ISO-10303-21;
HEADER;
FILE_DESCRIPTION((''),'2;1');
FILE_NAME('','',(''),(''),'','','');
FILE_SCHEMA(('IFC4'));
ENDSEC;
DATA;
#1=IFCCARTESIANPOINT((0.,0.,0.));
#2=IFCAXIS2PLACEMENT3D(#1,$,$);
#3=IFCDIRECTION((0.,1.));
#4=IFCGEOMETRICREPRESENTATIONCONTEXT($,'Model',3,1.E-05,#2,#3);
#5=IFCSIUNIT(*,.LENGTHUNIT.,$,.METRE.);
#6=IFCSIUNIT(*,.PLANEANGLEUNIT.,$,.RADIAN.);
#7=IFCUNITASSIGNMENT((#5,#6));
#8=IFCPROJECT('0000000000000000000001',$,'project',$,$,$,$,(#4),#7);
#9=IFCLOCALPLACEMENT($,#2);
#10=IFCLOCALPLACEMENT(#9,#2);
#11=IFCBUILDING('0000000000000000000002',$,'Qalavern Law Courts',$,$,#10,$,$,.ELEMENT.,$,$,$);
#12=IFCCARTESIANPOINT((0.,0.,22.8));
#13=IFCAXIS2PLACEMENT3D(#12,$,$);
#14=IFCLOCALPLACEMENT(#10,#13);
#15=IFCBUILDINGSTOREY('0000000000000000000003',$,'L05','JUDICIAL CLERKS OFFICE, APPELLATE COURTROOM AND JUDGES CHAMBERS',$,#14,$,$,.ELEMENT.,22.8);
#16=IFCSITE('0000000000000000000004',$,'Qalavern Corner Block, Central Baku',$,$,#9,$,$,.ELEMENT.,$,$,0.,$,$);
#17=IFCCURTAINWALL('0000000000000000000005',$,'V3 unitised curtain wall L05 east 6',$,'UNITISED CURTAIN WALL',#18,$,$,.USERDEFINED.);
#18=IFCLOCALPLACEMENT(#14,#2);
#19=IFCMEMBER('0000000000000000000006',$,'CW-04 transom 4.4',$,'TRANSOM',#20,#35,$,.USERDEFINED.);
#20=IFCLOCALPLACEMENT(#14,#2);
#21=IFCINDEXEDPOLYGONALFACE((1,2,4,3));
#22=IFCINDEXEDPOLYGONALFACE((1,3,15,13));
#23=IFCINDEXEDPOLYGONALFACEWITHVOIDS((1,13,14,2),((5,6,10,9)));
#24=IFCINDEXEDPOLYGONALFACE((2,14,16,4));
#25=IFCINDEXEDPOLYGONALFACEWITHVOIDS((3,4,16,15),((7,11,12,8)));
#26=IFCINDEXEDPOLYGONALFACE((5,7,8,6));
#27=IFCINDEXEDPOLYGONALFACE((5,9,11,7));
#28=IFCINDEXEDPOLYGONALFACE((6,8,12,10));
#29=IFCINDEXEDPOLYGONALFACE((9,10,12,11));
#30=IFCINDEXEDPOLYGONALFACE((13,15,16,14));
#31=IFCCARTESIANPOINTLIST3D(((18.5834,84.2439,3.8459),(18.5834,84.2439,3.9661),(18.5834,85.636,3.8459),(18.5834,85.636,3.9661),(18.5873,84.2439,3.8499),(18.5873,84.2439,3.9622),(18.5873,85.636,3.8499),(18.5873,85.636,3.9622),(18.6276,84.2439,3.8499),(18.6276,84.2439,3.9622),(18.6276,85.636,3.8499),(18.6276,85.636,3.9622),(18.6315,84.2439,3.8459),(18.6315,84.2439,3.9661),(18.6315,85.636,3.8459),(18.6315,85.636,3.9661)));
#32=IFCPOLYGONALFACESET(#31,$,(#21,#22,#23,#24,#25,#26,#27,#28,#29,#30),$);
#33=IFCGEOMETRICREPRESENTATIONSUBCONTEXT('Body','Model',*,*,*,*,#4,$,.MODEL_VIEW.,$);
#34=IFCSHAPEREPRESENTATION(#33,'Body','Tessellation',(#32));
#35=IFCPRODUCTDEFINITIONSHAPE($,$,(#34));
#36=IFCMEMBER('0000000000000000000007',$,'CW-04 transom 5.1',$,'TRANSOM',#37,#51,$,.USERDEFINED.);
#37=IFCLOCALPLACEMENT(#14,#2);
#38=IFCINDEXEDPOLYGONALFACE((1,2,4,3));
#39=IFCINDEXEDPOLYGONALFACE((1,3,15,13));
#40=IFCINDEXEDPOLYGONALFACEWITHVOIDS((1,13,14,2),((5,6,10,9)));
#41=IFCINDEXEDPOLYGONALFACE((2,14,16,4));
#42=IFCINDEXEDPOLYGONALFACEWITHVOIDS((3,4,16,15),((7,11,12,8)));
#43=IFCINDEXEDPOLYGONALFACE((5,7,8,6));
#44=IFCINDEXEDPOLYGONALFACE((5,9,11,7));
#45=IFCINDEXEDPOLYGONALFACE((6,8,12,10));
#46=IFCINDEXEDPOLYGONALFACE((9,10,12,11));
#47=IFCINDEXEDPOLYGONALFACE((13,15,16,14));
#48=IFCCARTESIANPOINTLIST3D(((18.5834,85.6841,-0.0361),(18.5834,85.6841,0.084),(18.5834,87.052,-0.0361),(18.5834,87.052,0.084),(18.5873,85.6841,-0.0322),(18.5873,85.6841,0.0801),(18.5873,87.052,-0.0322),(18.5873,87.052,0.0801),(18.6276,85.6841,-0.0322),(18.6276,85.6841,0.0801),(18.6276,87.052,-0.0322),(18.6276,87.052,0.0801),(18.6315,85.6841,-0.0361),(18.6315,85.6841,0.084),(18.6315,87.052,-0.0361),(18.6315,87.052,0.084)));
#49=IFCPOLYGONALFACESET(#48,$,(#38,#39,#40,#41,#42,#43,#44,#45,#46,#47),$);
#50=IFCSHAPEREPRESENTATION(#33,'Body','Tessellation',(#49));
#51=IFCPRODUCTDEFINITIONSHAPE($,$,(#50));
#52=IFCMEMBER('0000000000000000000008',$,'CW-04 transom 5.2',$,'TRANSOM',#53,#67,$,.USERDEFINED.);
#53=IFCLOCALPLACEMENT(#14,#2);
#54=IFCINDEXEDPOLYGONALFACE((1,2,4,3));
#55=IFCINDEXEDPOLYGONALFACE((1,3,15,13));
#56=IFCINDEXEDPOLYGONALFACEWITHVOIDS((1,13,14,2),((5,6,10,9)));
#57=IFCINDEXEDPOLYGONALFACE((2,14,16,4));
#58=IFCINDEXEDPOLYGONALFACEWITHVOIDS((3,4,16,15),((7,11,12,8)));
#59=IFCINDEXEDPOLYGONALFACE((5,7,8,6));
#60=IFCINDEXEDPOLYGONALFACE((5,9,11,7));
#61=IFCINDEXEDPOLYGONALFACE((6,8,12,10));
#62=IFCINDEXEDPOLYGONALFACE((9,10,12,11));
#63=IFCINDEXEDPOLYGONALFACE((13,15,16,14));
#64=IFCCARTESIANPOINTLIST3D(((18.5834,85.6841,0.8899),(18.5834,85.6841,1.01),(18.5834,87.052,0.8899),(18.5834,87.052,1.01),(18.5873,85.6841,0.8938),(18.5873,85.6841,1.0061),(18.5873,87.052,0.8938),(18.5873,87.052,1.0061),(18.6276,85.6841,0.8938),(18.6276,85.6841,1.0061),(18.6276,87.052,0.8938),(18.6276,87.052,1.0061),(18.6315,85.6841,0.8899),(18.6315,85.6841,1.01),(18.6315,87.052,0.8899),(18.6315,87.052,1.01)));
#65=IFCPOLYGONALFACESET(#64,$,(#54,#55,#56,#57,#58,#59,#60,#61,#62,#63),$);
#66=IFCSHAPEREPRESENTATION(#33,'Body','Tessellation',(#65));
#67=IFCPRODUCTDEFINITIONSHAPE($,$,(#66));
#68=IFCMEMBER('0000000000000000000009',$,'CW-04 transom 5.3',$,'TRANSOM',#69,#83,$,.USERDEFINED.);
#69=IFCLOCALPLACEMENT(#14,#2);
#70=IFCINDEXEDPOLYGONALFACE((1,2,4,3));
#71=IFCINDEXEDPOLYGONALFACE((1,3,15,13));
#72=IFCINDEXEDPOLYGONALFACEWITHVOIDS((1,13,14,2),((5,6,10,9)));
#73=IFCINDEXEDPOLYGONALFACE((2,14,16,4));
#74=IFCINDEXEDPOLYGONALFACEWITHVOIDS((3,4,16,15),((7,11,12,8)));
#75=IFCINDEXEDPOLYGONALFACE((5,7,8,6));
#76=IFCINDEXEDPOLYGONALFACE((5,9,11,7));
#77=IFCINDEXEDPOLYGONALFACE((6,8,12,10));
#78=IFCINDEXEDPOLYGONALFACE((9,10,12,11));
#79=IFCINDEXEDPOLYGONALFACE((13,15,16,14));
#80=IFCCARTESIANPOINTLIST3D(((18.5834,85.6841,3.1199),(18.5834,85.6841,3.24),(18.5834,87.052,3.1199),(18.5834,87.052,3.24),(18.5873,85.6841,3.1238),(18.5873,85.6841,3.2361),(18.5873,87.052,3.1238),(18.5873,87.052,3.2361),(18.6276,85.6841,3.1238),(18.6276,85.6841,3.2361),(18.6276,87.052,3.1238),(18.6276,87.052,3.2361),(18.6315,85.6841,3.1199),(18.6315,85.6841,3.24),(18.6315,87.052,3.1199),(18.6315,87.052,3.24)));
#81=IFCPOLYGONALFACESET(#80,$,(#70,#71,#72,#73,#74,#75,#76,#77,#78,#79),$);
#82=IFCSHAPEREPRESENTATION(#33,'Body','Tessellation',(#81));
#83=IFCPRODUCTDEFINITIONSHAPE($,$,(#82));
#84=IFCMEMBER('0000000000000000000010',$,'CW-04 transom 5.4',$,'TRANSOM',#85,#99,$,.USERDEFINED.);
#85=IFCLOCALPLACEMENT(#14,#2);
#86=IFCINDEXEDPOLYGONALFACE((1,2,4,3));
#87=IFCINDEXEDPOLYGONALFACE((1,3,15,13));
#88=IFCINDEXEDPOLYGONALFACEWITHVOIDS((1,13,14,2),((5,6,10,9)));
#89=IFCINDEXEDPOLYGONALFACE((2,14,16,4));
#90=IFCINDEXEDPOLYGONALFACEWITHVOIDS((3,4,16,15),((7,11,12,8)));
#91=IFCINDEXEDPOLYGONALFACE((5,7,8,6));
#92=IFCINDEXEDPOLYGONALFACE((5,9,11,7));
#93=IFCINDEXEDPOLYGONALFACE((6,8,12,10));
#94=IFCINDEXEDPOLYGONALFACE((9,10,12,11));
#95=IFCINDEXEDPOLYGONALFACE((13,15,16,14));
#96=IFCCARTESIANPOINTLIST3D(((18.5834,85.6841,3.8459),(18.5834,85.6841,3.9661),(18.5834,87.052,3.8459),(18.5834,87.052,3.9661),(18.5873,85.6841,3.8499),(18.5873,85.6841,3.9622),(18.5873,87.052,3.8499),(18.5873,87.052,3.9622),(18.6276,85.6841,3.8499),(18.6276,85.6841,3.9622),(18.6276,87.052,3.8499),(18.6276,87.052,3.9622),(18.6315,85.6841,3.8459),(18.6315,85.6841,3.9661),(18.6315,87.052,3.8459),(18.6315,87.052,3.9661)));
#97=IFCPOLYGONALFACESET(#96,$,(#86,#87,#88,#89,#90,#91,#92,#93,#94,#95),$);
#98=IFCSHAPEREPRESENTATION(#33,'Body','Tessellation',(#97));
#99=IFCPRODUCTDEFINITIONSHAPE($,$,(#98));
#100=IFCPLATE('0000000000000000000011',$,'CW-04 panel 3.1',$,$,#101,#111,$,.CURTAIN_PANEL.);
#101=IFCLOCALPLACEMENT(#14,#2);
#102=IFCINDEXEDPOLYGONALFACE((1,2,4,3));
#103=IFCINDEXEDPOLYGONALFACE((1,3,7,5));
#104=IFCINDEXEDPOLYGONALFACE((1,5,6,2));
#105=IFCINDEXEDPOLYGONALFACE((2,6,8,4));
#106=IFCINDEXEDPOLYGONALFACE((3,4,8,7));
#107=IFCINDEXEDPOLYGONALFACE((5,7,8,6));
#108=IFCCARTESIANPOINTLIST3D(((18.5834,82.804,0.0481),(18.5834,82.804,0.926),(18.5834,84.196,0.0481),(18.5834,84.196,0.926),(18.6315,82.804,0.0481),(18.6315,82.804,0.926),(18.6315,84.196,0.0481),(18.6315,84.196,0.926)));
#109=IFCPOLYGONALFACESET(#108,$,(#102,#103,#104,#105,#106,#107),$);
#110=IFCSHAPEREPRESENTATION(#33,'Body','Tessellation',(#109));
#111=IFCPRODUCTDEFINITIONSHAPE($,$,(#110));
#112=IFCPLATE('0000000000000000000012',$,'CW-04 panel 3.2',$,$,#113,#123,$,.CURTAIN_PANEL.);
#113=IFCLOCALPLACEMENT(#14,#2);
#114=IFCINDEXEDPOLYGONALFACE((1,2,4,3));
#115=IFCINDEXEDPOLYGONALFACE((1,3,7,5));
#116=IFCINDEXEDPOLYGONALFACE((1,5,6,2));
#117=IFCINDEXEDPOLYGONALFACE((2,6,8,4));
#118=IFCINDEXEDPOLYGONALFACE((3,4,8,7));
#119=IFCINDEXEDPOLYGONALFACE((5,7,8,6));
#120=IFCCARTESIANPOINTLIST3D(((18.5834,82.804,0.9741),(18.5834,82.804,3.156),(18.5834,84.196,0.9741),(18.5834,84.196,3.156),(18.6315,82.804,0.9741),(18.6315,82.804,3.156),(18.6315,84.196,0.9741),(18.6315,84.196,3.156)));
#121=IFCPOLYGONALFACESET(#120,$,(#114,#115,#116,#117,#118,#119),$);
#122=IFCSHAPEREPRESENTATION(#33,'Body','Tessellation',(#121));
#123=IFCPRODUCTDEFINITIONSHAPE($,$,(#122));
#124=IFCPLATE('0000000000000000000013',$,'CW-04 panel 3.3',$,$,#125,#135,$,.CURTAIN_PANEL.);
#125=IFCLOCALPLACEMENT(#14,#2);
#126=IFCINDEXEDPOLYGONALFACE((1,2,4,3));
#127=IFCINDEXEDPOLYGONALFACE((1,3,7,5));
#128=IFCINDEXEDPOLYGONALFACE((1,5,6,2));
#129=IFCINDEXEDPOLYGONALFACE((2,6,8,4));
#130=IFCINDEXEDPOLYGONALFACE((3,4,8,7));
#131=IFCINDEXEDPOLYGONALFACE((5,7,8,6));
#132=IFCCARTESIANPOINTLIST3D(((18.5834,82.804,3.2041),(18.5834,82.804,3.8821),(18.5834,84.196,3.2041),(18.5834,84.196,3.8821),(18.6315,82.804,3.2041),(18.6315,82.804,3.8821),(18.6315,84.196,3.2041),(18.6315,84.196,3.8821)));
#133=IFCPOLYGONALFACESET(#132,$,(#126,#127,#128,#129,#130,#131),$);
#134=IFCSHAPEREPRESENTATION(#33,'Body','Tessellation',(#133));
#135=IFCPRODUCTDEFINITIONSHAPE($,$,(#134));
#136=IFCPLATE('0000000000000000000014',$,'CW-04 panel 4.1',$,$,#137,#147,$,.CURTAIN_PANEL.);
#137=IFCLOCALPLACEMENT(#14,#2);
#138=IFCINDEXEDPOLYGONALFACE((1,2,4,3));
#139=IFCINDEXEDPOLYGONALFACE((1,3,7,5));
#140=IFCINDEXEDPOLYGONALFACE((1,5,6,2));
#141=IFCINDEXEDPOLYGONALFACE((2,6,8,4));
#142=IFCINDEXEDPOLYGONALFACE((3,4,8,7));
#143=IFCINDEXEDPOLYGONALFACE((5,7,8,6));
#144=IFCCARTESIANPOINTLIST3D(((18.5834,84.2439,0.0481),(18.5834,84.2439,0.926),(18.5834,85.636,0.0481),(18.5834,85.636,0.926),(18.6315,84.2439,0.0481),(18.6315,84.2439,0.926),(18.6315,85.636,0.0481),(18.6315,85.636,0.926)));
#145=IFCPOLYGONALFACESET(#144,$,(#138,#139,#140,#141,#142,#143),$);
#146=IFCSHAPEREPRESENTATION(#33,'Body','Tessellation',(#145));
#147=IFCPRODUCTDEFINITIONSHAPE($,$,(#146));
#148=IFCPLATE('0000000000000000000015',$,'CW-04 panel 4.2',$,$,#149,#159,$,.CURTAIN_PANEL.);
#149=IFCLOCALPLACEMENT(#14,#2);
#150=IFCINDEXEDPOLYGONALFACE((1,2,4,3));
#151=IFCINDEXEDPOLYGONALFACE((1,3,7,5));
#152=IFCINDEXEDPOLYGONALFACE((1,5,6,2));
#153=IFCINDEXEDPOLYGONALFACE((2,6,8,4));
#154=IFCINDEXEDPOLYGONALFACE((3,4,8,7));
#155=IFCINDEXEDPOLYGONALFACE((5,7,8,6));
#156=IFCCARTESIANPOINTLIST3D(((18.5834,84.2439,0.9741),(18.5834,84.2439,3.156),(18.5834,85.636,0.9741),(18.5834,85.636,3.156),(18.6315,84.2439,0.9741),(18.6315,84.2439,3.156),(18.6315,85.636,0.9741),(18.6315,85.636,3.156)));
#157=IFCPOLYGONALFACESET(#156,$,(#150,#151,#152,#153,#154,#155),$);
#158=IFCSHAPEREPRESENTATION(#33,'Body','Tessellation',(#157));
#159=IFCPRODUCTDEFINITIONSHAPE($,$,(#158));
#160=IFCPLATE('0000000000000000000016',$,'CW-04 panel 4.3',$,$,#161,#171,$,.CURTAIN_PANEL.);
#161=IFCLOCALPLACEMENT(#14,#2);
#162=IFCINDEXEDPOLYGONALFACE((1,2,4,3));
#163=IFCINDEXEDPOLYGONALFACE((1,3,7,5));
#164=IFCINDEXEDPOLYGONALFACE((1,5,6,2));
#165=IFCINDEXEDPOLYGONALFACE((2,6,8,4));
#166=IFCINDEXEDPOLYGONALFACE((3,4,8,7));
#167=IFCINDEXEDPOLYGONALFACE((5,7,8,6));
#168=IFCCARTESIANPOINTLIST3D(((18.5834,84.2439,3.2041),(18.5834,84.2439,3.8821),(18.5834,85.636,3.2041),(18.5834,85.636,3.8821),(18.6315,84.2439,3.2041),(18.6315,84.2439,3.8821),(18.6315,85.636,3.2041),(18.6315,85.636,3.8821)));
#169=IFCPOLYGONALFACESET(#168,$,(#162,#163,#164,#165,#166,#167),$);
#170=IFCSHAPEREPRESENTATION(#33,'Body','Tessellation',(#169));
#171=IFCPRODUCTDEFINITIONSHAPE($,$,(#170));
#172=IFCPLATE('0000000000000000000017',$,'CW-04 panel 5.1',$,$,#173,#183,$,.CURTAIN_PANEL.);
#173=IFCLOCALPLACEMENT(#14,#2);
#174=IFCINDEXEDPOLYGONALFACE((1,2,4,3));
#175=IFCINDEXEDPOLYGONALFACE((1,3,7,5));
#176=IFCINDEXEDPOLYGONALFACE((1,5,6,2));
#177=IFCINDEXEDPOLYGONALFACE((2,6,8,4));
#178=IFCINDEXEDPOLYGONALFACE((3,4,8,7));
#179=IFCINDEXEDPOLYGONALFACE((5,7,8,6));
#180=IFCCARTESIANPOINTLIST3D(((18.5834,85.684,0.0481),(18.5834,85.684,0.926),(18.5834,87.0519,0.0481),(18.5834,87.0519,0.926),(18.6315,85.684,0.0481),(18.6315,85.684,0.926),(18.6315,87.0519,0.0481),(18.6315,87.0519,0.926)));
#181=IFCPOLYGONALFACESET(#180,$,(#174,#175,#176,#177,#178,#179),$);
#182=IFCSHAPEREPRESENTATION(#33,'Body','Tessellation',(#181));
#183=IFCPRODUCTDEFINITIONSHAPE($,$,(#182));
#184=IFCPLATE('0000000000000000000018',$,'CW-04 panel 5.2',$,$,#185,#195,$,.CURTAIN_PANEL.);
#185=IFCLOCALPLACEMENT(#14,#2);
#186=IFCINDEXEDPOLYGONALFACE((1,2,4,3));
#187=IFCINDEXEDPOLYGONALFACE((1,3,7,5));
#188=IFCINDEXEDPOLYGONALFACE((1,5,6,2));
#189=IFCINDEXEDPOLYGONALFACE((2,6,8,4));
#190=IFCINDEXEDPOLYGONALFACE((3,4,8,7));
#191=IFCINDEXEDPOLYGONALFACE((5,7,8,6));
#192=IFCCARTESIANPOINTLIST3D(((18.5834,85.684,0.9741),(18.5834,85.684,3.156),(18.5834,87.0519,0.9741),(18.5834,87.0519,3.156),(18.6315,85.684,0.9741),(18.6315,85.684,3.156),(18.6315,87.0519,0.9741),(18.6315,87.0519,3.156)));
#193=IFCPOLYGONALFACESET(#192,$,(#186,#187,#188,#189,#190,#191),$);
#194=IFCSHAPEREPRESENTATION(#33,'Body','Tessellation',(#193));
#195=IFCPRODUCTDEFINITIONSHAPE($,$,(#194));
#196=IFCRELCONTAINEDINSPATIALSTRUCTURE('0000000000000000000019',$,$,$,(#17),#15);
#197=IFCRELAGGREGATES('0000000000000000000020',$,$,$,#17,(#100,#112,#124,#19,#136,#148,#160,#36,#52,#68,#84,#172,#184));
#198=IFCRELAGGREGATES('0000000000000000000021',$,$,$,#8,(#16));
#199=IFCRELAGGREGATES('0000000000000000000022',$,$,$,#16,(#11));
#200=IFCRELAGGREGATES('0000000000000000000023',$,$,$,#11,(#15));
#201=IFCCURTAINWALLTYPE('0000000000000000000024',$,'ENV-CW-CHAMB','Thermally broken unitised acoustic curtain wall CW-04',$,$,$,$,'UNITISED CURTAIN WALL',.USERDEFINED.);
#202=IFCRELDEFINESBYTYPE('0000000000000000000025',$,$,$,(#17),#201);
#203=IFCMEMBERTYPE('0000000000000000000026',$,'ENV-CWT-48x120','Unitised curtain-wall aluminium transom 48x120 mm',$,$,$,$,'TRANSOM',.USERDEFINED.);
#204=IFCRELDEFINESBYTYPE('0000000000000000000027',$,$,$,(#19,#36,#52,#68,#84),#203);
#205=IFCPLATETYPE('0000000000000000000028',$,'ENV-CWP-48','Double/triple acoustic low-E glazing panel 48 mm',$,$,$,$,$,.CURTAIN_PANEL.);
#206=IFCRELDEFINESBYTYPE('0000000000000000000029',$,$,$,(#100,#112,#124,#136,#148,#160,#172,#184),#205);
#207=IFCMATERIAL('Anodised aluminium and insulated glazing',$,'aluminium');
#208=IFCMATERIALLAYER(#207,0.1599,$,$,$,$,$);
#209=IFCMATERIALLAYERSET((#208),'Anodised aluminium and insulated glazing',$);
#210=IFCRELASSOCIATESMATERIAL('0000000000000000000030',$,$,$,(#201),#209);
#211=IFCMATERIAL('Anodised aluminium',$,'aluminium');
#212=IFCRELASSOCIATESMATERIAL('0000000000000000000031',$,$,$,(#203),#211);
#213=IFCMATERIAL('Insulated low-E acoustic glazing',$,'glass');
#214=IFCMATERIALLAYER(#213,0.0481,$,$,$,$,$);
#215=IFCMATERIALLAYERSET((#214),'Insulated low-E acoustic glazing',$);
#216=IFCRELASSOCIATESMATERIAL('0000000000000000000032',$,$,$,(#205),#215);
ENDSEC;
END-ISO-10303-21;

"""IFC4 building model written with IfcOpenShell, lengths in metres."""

from ifc_helpers import new_model, si_unit, direction, frame, origin, origin_2d, place, context, subcontext, project, spatial, rectangle, hollow_rectangle, extrude, material, layer, layer_set, material_profile, profile_set, type_object, element, aggregate, save


model = new_model("IFC4")

# Units and contexts
model_context = context("Model", 3, precision=1e-05, world=origin(), true_north=direction((0.0, 1.0)))
body_context = subcontext(model_context, "Body", "Model", "MODEL_VIEW")
ifc_project = project(units=[si_unit("LENGTHUNIT", "METRE"), si_unit("PLANEANGLEUNIT", "RADIAN")], contexts=[model_context])

# Site, building, storey
site_placement = place(None, origin())
site = spatial("IfcSite", under=ifc_project, at=site_placement, Name="Qalavern Corner Block, Central Baku", CompositionType="ELEMENT", RefElevation=0.0)
building_placement = place(site_placement, origin())
building = spatial("IfcBuilding", under=site, at=building_placement, Name="Qalavern Law Courts", CompositionType="ELEMENT")
storey_placement = place(building_placement, frame((0.0, 0.0, 22.8)))
storey = spatial("IfcBuildingStorey", under=building, at=storey_placement, Name="L05", Description="JUDICIAL CLERKS OFFICE, APPELLATE COURTROOM AND JUDGES CHAMBERS", CompositionType="ELEMENT", Elevation=22.8)

# Curtain wall, members, plates
ifc_material_1 = material(Name="Anodised aluminium and insulated glazing", Category="aluminium")
ifc_layer_1 = layer(ifc_material_1, 0.1599)
ifc_layer_set_1 = layer_set([ifc_layer_1], Name="Anodised aluminium and insulated glazing")
curtain_wall_type = type_object("IfcCurtainWallType", Name="ENV-CW-CHAMB", Description="Thermally broken unitised acoustic curtain wall CW-04", ElementType="UNITISED CURTAIN WALL", PredefinedType="USERDEFINED", material=ifc_layer_set_1)
curtain_wall_placement = place(storey_placement, origin())
curtain_wall = element("IfcCurtainWall", 1, at=curtain_wall_placement, inside=storey, type_object=curtain_wall_type, Name="V3 unitised curtain wall L05 east 6", ObjectType="UNITISED CURTAIN WALL", PredefinedType="USERDEFINED")
ifc_material_2 = material(Name="Anodised aluminium", Category="aluminium")
ifc_material_profile_1 = material_profile(ifc_material_2, hollow_rectangle(XDim=0.0481, YDim=0.1201, WallThickness=0.0039, at=origin_2d()), Name="ALU TRANSOM 48x120")
ifc_profile_set_1 = profile_set([ifc_material_profile_1], Name="Anodised aluminium")
member_type_1 = type_object("IfcMemberType", Name="ENV-CWT-48x120", Description="Unitised curtain-wall aluminium transom 48x120 mm", ElementType="TRANSOM", PredefinedType="USERDEFINED", material=ifc_profile_set_1)
member_1_placement = place(storey_placement, frame((18.6074, 84.2439, 3.906), z_axis=(0.0, 1.0, 0.0), x_axis=(-1.0, 0.0, 0.0)))
member_1 = element("IfcMember", 2, at=member_1_placement, type_object=member_type_1, Name="CW-04 transom 4.4", ObjectType="TRANSOM", PredefinedType="USERDEFINED", context=body_context, shape_type="SweptSolid", body=[
    extrude(hollow_rectangle(XDim=0.0481, YDim=0.1201, WallThickness=0.0039, at=origin_2d()), origin(), (0.0, 0.0, 1.0), 1.3921),
])
member_2_placement = place(storey_placement, frame((18.6074, 85.6841, 0.0239), z_axis=(0.0, 1.0, 0.0), x_axis=(-1.0, 0.0, 0.0)))
member_2 = element("IfcMember", 3, at=member_2_placement, type_object=member_type_1, Name="CW-04 transom 5.1", ObjectType="TRANSOM", PredefinedType="USERDEFINED", context=body_context, shape_type="SweptSolid", body=[
    extrude(hollow_rectangle(XDim=0.0481, YDim=0.1201, WallThickness=0.0039, at=origin_2d()), origin(), (0.0, 0.0, 1.0), 1.3679),
])
member_3_placement = place(storey_placement, frame((18.6074, 85.6841, 0.95), z_axis=(0.0, 1.0, 0.0), x_axis=(-1.0, 0.0, 0.0)))
member_3 = element("IfcMember", 4, at=member_3_placement, type_object=member_type_1, Name="CW-04 transom 5.2", ObjectType="TRANSOM", PredefinedType="USERDEFINED", context=body_context, shape_type="SweptSolid", body=[
    extrude(hollow_rectangle(XDim=0.0481, YDim=0.1201, WallThickness=0.0039, at=origin_2d()), origin(), (0.0, 0.0, 1.0), 1.3679),
])
member_4_placement = place(storey_placement, frame((18.6074, 85.6841, 3.1799), z_axis=(0.0, 1.0, 0.0), x_axis=(-1.0, 0.0, 0.0)))
member_4 = element("IfcMember", 5, at=member_4_placement, type_object=member_type_1, Name="CW-04 transom 5.3", ObjectType="TRANSOM", PredefinedType="USERDEFINED", context=body_context, shape_type="SweptSolid", body=[
    extrude(hollow_rectangle(XDim=0.0481, YDim=0.1201, WallThickness=0.0039, at=origin_2d()), origin(), (0.0, 0.0, 1.0), 1.3679),
])
member_5_placement = place(storey_placement, frame((18.6074, 85.6841, 3.906), z_axis=(0.0, 1.0, 0.0), x_axis=(-1.0, 0.0, 0.0)))
member_5 = element("IfcMember", 6, at=member_5_placement, type_object=member_type_1, Name="CW-04 transom 5.4", ObjectType="TRANSOM", PredefinedType="USERDEFINED", context=body_context, shape_type="SweptSolid", body=[
    extrude(hollow_rectangle(XDim=0.0481, YDim=0.1201, WallThickness=0.0039, at=origin_2d()), origin(), (0.0, 0.0, 1.0), 1.3679),
])
ifc_material_3 = material(Name="Insulated low-E acoustic glazing", Category="glass")
ifc_layer_2 = layer(ifc_material_3, 0.0481)
ifc_layer_set_2 = layer_set([ifc_layer_2], Name="Insulated low-E acoustic glazing")
plate_type = type_object("IfcPlateType", Name="ENV-CWP-48", Description="Double/triple acoustic low-E glazing panel 48 mm", PredefinedType="CURTAIN_PANEL", material=ifc_layer_set_2)
plate_1_placement = place(storey_placement, frame((18.6074, 83.5, 0.0481), z_axis=(0.0, 0.0, 1.0), x_axis=(0.0, 1.0, 0.0)))
plate_1 = element("IfcPlate", 7, at=plate_1_placement, type_object=plate_type, Name="CW-04 panel 3.1", PredefinedType="CURTAIN_PANEL", context=body_context, shape_type="SweptSolid", body=[
    extrude(rectangle(XDim=1.3921, YDim=0.0481, at=origin_2d()), origin(), (0.0, 0.0, 1.0), 0.8779),
])
plate_2_placement = place(storey_placement, frame((18.6074, 83.5, 0.9741), z_axis=(0.0, 0.0, 1.0), x_axis=(0.0, 1.0, 0.0)))
plate_2 = element("IfcPlate", 8, at=plate_2_placement, type_object=plate_type, Name="CW-04 panel 3.2", PredefinedType="CURTAIN_PANEL", context=body_context, shape_type="SweptSolid", body=[
    extrude(rectangle(XDim=1.3921, YDim=0.0481, at=origin_2d()), origin(), (0.0, 0.0, 1.0), 2.1819),
])
plate_3_placement = place(storey_placement, frame((18.6074, 83.5, 3.2041), z_axis=(0.0, 0.0, 1.0), x_axis=(0.0, 1.0, 0.0)))
plate_3 = element("IfcPlate", 9, at=plate_3_placement, type_object=plate_type, Name="CW-04 panel 3.3", PredefinedType="CURTAIN_PANEL", context=body_context, shape_type="SweptSolid", body=[
    extrude(rectangle(XDim=1.3921, YDim=0.0481, at=origin_2d()), origin(), (0.0, 0.0, 1.0), 0.678),
])
plate_4_placement = place(storey_placement, frame((18.6074, 84.9399, 0.0481), z_axis=(0.0, 0.0, 1.0), x_axis=(0.0, 1.0, 0.0)))
plate_4 = element("IfcPlate", 10, at=plate_4_placement, type_object=plate_type, Name="CW-04 panel 4.1", PredefinedType="CURTAIN_PANEL", context=body_context, shape_type="SweptSolid", body=[
    extrude(rectangle(XDim=1.3921, YDim=0.0481, at=origin_2d()), origin(), (0.0, 0.0, 1.0), 0.8779),
])
plate_5_placement = place(storey_placement, frame((18.6074, 84.9399, 0.9741), z_axis=(0.0, 0.0, 1.0), x_axis=(0.0, 1.0, 0.0)))
plate_5 = element("IfcPlate", 11, at=plate_5_placement, type_object=plate_type, Name="CW-04 panel 4.2", PredefinedType="CURTAIN_PANEL", context=body_context, shape_type="SweptSolid", body=[
    extrude(rectangle(XDim=1.3921, YDim=0.0481, at=origin_2d()), origin(), (0.0, 0.0, 1.0), 2.1819),
])
plate_6_placement = place(storey_placement, frame((18.6074, 84.9399, 3.2041), z_axis=(0.0, 0.0, 1.0), x_axis=(0.0, 1.0, 0.0)))
plate_6 = element("IfcPlate", 12, at=plate_6_placement, type_object=plate_type, Name="CW-04 panel 4.3", PredefinedType="CURTAIN_PANEL", context=body_context, shape_type="SweptSolid", body=[
    extrude(rectangle(XDim=1.3921, YDim=0.0481, at=origin_2d()), origin(), (0.0, 0.0, 1.0), 0.678),
])
plate_7_placement = place(storey_placement, frame((18.6074, 86.3679, 0.0481), z_axis=(0.0, 0.0, 1.0), x_axis=(0.0, 1.0, 0.0)))
plate_7 = element("IfcPlate", 13, at=plate_7_placement, type_object=plate_type, Name="CW-04 panel 5.1", PredefinedType="CURTAIN_PANEL", context=body_context, shape_type="SweptSolid", body=[
    extrude(rectangle(XDim=1.3679, YDim=0.0481, at=origin_2d()), origin(), (0.0, 0.0, 1.0), 0.8779),
])
plate_8_placement = place(storey_placement, frame((18.6074, 86.3679, 0.9741), z_axis=(0.0, 0.0, 1.0), x_axis=(0.0, 1.0, 0.0)))
plate_8 = element("IfcPlate", 14, at=plate_8_placement, type_object=plate_type, Name="CW-04 panel 5.2", PredefinedType="CURTAIN_PANEL", context=body_context, shape_type="SweptSolid", body=[
    extrude(rectangle(XDim=1.3679, YDim=0.0481, at=origin_2d()), origin(), (0.0, 0.0, 1.0), 2.1819),
])
aggregate(curtain_wall, [plate_1, plate_2, plate_3, member_1, plate_4, plate_5, plate_6, member_2, member_3, member_4, member_5, plate_7, plate_8])

save(model, "model.ifc")
